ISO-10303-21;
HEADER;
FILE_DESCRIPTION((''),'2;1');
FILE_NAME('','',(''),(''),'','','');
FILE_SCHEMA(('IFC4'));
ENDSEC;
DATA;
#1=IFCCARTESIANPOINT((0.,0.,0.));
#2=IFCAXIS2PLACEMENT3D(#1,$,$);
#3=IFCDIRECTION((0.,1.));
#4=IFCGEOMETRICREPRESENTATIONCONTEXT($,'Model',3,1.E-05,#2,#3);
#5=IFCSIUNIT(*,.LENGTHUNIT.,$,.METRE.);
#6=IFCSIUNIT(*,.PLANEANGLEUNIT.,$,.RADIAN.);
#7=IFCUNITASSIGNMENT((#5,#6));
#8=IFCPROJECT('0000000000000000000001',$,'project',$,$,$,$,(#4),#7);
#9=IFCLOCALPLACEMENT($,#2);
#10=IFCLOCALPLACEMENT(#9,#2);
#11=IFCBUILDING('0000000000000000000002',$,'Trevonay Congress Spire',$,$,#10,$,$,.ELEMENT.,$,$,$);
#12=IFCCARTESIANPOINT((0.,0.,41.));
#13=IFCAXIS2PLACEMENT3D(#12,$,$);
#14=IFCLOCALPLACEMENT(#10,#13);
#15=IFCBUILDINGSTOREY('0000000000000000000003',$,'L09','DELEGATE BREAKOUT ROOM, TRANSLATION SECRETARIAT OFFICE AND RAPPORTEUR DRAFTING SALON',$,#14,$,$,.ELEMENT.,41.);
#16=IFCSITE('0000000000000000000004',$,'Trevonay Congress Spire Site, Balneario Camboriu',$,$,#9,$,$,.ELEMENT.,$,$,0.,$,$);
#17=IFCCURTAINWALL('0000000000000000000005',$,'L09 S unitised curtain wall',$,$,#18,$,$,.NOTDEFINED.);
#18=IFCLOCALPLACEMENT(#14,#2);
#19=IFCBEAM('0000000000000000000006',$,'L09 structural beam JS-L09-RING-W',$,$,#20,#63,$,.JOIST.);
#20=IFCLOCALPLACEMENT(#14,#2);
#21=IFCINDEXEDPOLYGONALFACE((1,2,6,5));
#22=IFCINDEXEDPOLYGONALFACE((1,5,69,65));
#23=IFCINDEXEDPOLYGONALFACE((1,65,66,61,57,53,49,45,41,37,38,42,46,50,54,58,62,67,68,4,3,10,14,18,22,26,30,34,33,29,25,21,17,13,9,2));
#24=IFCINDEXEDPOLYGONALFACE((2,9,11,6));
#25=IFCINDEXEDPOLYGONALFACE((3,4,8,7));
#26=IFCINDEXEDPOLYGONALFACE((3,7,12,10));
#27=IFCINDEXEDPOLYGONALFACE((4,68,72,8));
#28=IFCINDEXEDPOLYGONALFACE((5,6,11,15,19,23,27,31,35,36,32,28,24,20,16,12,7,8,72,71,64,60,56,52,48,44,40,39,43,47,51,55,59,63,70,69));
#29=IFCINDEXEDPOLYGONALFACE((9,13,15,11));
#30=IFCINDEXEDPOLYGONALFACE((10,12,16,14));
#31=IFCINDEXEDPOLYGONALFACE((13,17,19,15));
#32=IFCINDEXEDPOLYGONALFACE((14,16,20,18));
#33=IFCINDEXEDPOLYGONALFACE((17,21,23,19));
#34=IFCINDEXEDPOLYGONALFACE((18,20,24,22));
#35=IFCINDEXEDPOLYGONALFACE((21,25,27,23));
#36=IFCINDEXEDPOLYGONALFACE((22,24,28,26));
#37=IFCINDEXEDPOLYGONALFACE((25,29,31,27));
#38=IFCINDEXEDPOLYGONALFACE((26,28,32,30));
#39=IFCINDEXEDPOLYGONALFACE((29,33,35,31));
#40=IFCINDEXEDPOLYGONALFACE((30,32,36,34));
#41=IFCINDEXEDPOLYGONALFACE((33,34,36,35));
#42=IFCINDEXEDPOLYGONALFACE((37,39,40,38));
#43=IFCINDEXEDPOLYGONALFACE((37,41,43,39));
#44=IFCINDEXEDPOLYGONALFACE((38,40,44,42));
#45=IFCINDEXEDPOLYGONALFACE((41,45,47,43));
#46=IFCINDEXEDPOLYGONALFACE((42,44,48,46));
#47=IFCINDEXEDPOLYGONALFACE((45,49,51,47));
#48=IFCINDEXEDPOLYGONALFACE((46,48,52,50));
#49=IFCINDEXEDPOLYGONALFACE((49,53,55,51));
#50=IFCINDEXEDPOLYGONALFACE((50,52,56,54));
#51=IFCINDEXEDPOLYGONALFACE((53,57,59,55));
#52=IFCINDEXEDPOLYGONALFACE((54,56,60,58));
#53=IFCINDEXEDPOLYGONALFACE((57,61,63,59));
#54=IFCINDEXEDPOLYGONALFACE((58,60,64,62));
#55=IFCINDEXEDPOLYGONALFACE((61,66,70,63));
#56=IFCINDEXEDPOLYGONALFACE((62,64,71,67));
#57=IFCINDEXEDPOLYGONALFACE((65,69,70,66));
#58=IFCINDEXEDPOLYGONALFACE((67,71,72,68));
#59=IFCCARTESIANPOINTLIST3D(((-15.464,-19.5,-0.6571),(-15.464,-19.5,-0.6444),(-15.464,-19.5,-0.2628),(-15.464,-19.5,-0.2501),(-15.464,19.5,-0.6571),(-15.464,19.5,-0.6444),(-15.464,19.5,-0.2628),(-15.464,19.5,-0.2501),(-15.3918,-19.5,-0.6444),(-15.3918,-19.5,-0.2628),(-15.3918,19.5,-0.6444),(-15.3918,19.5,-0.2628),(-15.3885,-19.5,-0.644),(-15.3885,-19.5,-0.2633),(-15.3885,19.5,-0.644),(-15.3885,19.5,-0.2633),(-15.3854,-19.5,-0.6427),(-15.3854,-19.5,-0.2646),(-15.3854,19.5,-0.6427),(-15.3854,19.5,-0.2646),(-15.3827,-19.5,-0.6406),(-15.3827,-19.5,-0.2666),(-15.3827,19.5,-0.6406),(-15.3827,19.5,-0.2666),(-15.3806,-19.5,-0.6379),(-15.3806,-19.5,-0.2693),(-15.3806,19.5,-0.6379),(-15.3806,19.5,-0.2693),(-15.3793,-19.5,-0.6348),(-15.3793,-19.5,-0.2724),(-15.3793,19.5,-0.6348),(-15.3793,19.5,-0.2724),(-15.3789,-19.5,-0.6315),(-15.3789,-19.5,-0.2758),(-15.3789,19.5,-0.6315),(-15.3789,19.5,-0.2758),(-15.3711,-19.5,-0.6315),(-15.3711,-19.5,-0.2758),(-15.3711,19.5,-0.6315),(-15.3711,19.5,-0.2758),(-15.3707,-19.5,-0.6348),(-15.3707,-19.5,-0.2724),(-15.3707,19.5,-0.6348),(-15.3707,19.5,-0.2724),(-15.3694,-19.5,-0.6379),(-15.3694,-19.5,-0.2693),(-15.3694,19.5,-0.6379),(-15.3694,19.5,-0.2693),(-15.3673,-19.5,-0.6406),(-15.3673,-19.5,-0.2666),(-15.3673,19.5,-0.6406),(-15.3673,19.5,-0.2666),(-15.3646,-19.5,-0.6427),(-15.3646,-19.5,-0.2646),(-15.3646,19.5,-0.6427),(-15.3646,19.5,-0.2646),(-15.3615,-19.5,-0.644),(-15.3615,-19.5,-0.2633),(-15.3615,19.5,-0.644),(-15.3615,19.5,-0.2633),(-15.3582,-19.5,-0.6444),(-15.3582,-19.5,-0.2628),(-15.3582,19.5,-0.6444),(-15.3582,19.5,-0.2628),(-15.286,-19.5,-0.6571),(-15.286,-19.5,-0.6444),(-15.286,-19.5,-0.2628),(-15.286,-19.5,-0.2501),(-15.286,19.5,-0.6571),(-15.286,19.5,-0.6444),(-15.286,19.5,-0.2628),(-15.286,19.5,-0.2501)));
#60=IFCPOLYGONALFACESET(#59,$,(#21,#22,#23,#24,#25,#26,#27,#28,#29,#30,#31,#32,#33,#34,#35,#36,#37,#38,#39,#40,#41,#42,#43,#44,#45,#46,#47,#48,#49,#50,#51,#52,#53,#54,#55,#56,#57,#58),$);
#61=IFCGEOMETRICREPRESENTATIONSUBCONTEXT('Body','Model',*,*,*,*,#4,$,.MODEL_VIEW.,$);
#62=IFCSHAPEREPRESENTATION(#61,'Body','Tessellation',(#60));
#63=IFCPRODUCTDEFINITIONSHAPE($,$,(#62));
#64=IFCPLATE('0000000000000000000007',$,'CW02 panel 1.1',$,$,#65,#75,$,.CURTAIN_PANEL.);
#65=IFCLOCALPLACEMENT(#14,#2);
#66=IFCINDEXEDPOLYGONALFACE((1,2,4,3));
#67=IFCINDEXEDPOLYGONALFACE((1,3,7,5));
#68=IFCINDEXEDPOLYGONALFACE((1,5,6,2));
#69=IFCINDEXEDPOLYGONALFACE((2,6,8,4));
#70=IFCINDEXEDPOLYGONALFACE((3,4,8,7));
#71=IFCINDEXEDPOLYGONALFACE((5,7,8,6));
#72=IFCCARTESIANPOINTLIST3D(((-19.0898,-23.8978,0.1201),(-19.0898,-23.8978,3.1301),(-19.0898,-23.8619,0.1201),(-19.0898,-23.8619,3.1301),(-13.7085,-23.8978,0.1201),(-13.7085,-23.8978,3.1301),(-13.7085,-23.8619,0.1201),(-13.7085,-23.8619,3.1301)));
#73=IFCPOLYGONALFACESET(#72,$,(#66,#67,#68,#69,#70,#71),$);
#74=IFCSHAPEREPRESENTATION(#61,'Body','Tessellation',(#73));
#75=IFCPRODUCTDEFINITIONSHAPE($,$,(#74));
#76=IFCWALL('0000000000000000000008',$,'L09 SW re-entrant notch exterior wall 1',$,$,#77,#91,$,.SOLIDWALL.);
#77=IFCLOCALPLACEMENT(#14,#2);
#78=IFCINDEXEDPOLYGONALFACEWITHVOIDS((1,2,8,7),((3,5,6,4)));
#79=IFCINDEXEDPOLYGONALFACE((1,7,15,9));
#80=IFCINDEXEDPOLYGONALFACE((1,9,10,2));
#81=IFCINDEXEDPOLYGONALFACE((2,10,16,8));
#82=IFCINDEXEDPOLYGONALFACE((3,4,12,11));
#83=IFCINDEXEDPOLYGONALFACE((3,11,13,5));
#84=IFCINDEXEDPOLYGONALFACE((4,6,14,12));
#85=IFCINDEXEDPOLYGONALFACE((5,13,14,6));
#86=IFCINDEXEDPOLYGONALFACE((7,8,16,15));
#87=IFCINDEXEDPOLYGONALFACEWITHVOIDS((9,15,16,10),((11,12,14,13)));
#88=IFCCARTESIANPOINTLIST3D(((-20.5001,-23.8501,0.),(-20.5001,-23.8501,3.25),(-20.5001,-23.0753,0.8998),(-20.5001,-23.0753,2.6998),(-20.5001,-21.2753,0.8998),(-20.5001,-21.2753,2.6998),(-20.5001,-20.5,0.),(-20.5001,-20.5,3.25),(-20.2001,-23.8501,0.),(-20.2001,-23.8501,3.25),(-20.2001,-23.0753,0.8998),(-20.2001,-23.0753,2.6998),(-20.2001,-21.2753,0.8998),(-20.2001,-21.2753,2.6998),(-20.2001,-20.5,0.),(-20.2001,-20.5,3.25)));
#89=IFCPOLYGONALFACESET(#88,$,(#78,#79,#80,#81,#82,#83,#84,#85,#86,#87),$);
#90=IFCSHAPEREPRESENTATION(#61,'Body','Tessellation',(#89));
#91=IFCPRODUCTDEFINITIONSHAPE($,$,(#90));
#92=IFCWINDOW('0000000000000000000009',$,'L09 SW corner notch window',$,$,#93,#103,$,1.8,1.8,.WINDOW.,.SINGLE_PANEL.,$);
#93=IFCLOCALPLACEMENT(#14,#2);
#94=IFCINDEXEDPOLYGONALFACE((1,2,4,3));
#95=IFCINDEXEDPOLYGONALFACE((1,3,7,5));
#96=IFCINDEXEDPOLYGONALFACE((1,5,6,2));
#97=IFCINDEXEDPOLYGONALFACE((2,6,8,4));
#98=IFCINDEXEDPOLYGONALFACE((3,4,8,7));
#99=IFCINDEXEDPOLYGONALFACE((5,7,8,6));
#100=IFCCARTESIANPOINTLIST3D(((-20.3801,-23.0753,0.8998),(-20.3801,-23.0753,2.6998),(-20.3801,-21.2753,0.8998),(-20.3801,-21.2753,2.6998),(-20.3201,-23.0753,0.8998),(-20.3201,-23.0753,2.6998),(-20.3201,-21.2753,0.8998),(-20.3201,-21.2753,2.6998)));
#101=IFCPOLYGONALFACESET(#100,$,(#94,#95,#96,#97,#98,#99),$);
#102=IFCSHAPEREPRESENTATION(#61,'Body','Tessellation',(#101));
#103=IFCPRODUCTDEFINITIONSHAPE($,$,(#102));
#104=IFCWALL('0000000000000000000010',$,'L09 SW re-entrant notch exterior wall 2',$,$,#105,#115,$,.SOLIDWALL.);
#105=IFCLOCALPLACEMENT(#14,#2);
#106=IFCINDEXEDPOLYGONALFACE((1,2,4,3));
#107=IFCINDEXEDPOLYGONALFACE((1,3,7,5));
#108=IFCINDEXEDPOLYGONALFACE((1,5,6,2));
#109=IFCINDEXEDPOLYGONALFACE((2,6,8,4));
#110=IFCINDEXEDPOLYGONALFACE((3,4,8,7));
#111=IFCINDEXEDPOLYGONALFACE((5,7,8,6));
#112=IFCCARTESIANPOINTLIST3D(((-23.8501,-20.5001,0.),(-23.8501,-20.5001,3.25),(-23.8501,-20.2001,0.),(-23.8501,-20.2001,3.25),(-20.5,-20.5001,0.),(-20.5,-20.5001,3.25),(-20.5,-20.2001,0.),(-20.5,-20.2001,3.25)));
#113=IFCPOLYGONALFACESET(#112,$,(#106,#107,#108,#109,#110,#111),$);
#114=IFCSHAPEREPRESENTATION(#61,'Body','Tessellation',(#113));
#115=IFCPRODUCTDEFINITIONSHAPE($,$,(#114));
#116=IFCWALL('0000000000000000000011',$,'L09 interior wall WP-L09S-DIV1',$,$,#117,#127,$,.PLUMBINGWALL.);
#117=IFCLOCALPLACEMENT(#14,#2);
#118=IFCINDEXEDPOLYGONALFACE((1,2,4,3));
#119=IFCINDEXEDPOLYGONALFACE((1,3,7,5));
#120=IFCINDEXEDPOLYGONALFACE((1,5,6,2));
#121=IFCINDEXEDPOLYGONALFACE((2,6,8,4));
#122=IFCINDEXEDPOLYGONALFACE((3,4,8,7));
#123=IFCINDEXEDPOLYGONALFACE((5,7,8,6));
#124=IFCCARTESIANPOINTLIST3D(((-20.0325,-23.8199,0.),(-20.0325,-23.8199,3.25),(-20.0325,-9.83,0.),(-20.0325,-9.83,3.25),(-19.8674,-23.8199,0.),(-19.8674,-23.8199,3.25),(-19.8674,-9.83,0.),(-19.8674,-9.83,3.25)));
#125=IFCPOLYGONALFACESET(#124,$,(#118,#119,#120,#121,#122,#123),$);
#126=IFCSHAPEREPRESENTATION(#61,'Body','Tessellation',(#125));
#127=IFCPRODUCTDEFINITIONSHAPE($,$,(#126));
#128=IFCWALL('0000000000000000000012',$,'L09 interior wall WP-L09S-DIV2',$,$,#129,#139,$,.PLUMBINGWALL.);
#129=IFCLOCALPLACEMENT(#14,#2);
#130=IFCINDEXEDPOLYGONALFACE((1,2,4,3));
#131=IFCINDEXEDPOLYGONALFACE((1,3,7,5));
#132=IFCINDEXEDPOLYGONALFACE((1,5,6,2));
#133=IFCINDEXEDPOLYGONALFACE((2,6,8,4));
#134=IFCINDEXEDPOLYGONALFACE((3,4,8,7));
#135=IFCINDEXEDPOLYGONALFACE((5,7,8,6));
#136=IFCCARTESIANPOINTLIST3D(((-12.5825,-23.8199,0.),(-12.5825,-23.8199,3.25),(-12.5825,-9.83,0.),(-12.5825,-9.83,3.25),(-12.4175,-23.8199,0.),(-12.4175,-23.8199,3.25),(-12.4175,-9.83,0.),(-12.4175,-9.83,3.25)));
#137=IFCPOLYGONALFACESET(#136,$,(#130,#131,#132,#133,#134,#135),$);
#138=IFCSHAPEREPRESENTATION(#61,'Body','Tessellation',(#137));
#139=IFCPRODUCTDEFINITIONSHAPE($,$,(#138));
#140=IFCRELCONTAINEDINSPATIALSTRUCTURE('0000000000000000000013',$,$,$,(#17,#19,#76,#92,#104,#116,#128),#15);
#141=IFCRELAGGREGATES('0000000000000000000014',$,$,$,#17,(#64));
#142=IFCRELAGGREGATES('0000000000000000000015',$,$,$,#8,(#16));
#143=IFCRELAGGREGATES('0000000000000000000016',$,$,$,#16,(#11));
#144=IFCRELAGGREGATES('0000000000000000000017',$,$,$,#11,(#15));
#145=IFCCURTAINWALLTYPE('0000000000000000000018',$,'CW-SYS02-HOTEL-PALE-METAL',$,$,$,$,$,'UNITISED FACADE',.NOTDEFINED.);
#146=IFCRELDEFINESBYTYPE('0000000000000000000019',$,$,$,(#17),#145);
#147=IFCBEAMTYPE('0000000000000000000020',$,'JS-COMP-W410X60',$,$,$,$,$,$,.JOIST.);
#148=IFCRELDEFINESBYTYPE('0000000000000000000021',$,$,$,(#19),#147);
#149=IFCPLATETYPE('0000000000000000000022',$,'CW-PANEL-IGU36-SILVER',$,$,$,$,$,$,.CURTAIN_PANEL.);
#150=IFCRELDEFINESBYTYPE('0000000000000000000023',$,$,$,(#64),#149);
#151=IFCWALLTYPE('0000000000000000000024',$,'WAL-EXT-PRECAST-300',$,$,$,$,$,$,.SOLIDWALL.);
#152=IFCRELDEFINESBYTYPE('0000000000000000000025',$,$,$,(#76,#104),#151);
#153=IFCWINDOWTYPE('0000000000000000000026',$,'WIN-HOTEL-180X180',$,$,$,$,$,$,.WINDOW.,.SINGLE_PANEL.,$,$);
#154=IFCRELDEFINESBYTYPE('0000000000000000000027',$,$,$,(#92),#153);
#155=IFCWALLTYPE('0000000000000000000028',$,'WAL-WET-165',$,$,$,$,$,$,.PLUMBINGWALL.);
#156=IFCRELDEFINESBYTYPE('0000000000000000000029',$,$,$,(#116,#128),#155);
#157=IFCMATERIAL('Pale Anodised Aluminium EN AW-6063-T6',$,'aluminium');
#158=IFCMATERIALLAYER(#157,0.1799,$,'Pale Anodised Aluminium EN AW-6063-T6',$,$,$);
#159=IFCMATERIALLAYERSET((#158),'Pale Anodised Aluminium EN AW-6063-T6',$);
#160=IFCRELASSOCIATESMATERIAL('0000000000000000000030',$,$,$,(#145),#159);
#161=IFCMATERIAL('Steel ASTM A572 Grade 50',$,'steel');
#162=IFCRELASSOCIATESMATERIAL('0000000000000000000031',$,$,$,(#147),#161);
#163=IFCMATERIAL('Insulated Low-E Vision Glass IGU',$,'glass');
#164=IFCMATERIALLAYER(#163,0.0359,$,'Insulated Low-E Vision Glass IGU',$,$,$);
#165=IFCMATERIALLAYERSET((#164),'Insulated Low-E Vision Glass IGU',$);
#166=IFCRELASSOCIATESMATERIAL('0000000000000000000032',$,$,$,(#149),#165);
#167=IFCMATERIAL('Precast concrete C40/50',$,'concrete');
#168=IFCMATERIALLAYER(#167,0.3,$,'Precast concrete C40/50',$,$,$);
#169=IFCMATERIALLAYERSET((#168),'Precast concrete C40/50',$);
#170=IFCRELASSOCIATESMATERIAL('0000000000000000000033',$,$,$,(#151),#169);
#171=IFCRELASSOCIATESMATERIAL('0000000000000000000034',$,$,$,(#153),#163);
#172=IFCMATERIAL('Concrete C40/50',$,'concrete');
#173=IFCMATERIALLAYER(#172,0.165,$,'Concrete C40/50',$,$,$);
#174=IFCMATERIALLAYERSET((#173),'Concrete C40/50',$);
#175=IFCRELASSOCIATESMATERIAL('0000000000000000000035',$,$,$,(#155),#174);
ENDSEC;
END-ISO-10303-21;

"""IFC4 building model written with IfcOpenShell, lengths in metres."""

from ifc_helpers import new_model, si_unit, direction, frame, frame_2d, origin, origin_2d, place, context, subcontext, project, spatial, rectangle, i_section, extrude, material, layer, layer_set, material_profile, profile_set, type_object, element, fill, aggregate, save


model = new_model("IFC4")

# Units and contexts
model_context = context("Model", 3, precision=1e-05, world=origin(), true_north=direction((0.0, 1.0)))
body_context = subcontext(model_context, "Body", "Model", "MODEL_VIEW")
ifc_project = project(units=[si_unit("LENGTHUNIT", "METRE"), si_unit("PLANEANGLEUNIT", "RADIAN")], contexts=[model_context])

# Site, building, storey
site_placement = place(None, origin())
site = spatial("IfcSite", under=ifc_project, at=site_placement, Name="Trevonay Congress Spire Site, Balneario Camboriu", CompositionType="ELEMENT", RefElevation=0.0)
building_placement = place(site_placement, origin())
building = spatial("IfcBuilding", under=site, at=building_placement, Name="Trevonay Congress Spire", CompositionType="ELEMENT")
storey_placement = place(building_placement, frame((0.0, 0.0, 41.0)))
storey = spatial("IfcBuildingStorey", under=building, at=storey_placement, Name="L09", Description="DELEGATE BREAKOUT ROOM, TRANSLATION SECRETARIAT OFFICE AND RAPPORTEUR DRAFTING SALON", CompositionType="ELEMENT", Elevation=41.0)

# Shared definitions
ifc_material_1 = material(Name="Steel ASTM A572 Grade 50", Category="steel")

# Curtain wall
ifc_material_2 = material(Name="Pale Anodised Aluminium EN AW-6063-T6", Category="aluminium")
ifc_layer_1 = layer(ifc_material_2, 0.1799, Name="Pale Anodised Aluminium EN AW-6063-T6")
ifc_layer_set_1 = layer_set([ifc_layer_1], Name="Pale Anodised Aluminium EN AW-6063-T6")
curtain_wall_type = type_object("IfcCurtainWallType", Name="CW-SYS02-HOTEL-PALE-METAL", ElementType="UNITISED FACADE", PredefinedType="NOTDEFINED", material=ifc_layer_set_1)
curtain_wall_1_placement = place(storey_placement, origin())
curtain_wall_1 = element("IfcCurtainWall", 1, at=curtain_wall_1_placement, inside=storey, type_object=curtain_wall_type, Name="L09 S unitised curtain wall", PredefinedType="NOTDEFINED")

# Beam
ifc_material_profile_1 = material_profile(ifc_material_1, i_section(OverallWidth=0.178, OverallDepth=0.407, WebThickness=0.0078, FlangeThickness=0.0127, FilletRadius=0.0129, at=origin_2d()), Name="W410x60")
ifc_profile_set_1 = profile_set([ifc_material_profile_1], Name="Steel ASTM A572 Grade 50")
beam_type_1 = type_object("IfcBeamType", Name="JS-COMP-W410X60", PredefinedType="JOIST", material=ifc_profile_set_1)
beam_placement = place(storey_placement, frame((-15.375, -19.5, -0.4536), z_axis=(0.0, 1.0, 0.0), x_axis=(-1.0, 0.0, 0.0)))
element("IfcBeam", 2, at=beam_placement, inside=storey, type_object=beam_type_1, Name="L09 structural beam JS-L09-RING-W", PredefinedType="JOIST", context=body_context, shape_type="SweptSolid", body=[
    extrude(i_section(OverallWidth=0.178, OverallDepth=0.407, WebThickness=0.0078, FlangeThickness=0.0127, FilletRadius=0.0129, at=origin_2d()), origin(), (0.0, 0.0, 1.0), 39.0),
])

# Plate
ifc_material_3 = material(Name="Insulated Low-E Vision Glass IGU", Category="glass")
ifc_layer_2 = layer(ifc_material_3, 0.0359, Name="Insulated Low-E Vision Glass IGU")
ifc_layer_set_2 = layer_set([ifc_layer_2], Name="Insulated Low-E Vision Glass IGU")
plate_type = type_object("IfcPlateType", Name="CW-PANEL-IGU36-SILVER", PredefinedType="CURTAIN_PANEL", material=ifc_layer_set_2)
plate_placement = place(storey_placement, frame((-16.3992, -23.8799, 0.1201), z_axis=(0.0, 0.0, 1.0), x_axis=(1.0, 0.0, 0.0)))
plate = element("IfcPlate", 3, at=plate_placement, type_object=plate_type, Name="CW02 panel 1.1", PredefinedType="CURTAIN_PANEL", context=body_context, shape_type="SweptSolid", body=[
    extrude(rectangle(XDim=5.3813, YDim=0.0359, at=origin_2d()), origin(), (0.0, 0.0, 1.0), 3.01),
])
aggregate(curtain_wall_1, [plate])

# Wall, opening, window
ifc_material_4 = material(Name="Precast concrete C40/50", Category="concrete")
ifc_layer_3 = layer(ifc_material_4, 0.3, Name="Precast concrete C40/50")
ifc_layer_set_3 = layer_set([ifc_layer_3], Name="Precast concrete C40/50")
wall_type_1 = type_object("IfcWallType", Name="WAL-EXT-PRECAST-300", PredefinedType="SOLIDWALL", material=ifc_layer_set_3)
wall_1_placement = place(storey_placement, frame((-20.3501, -23.8501, 0.0), z_axis=(0.0, 0.0, 1.0), x_axis=(0.0, 1.0, 0.0)))
wall_1 = element("IfcWall", 4, at=wall_1_placement, inside=storey, type_object=wall_type_1, Name="L09 SW re-entrant notch exterior wall 1", PredefinedType="SOLIDWALL", context=body_context, shape_type="SweptSolid", body=[
    extrude(rectangle(XDim=3.3501, YDim=0.3, at=frame_2d((1.675, 0.0))), origin(), (0.0, 0.0, 1.0), 3.25),
])
opening_placement = place(wall_1_placement, frame((0.7749, 0.0, 0.8999)))
opening = element("IfcOpeningElement", 5, at=opening_placement, cuts=wall_1, PredefinedType="OPENING", context=body_context, shape_type="SweptSolid", body=[
    extrude(rectangle(XDim=1.8, YDim=1.8, at=frame_2d((0.8999, 0.8999))), frame((0.0, 0.1602, 0.0), z_axis=(0.0, -1.0, 0.0), x_axis=(1.0, 0.0, 0.0)), (0.0, 0.0, 1.0), 0.3201),
])
window_type = type_object("IfcWindowType", Name="WIN-HOTEL-180X180", PartitioningType="SINGLE_PANEL", PredefinedType="WINDOW", material=ifc_material_3)
window_placement = place(opening_placement, origin())
window = element("IfcWindow", 6, at=window_placement, inside=storey, type_object=window_type, Name="L09 SW corner notch window", OverallHeight=1.8, OverallWidth=1.8, PartitioningType="SINGLE_PANEL", PredefinedType="WINDOW", context=body_context, shape_type="SweptSolid", body=[
    extrude(rectangle(XDim=1.8, YDim=1.8, at=frame_2d((0.8999, 0.8999))), frame((0.0, 0.03, 0.0), z_axis=(0.0, -1.0, 0.0), x_axis=(1.0, 0.0, 0.0)), (0.0, 0.0, 1.0), 0.0601),
])
fill(opening, window)

# Walls
wall_2_placement = place(storey_placement, frame((-23.8501, -20.3501, 0.0), z_axis=(0.0, 0.0, 1.0), x_axis=(1.0, 0.0, 0.0)))
element("IfcWall", 7, at=wall_2_placement, inside=storey, type_object=wall_type_1, Name="L09 SW re-entrant notch exterior wall 2", PredefinedType="SOLIDWALL", context=body_context, shape_type="SweptSolid", body=[
    extrude(rectangle(XDim=3.3501, YDim=0.3, at=frame_2d((1.675, 0.0))), origin(), (0.0, 0.0, 1.0), 3.25),
])
ifc_material_5 = material(Name="Concrete C40/50", Category="concrete")
ifc_layer_4 = layer(ifc_material_5, 0.165, Name="Concrete C40/50")
ifc_layer_set_4 = layer_set([ifc_layer_4], Name="Concrete C40/50")
wall_type_2 = type_object("IfcWallType", Name="WAL-WET-165", PredefinedType="PLUMBINGWALL", material=ifc_layer_set_4)
for number, where, z_axis, x_axis, name in (
    (8, (-19.95, -23.8201, 0.0), (0.0, 0.0, 1.0), (0.0, 1.0, 0.0), "L09 interior wall WP-L09S-DIV1"),
    (9, (-12.5, -23.8201, 0.0), (0.0, 0.0, 1.0), (0.0, 1.0, 0.0), "L09 interior wall WP-L09S-DIV2"),
):
    element("IfcWall", number, at=place(storey_placement, frame(where, z_axis=z_axis, x_axis=x_axis)), inside=storey, type_object=wall_type_2, Name=name, PredefinedType="PLUMBINGWALL", context=body_context, shape_type="SweptSolid", body=[
        extrude(rectangle(XDim=13.99, YDim=0.165, at=frame_2d((6.9951, 0.0))), origin(), (0.0, 0.0, 1.0), 3.25),
    ])

save(model, "model.ifc")
